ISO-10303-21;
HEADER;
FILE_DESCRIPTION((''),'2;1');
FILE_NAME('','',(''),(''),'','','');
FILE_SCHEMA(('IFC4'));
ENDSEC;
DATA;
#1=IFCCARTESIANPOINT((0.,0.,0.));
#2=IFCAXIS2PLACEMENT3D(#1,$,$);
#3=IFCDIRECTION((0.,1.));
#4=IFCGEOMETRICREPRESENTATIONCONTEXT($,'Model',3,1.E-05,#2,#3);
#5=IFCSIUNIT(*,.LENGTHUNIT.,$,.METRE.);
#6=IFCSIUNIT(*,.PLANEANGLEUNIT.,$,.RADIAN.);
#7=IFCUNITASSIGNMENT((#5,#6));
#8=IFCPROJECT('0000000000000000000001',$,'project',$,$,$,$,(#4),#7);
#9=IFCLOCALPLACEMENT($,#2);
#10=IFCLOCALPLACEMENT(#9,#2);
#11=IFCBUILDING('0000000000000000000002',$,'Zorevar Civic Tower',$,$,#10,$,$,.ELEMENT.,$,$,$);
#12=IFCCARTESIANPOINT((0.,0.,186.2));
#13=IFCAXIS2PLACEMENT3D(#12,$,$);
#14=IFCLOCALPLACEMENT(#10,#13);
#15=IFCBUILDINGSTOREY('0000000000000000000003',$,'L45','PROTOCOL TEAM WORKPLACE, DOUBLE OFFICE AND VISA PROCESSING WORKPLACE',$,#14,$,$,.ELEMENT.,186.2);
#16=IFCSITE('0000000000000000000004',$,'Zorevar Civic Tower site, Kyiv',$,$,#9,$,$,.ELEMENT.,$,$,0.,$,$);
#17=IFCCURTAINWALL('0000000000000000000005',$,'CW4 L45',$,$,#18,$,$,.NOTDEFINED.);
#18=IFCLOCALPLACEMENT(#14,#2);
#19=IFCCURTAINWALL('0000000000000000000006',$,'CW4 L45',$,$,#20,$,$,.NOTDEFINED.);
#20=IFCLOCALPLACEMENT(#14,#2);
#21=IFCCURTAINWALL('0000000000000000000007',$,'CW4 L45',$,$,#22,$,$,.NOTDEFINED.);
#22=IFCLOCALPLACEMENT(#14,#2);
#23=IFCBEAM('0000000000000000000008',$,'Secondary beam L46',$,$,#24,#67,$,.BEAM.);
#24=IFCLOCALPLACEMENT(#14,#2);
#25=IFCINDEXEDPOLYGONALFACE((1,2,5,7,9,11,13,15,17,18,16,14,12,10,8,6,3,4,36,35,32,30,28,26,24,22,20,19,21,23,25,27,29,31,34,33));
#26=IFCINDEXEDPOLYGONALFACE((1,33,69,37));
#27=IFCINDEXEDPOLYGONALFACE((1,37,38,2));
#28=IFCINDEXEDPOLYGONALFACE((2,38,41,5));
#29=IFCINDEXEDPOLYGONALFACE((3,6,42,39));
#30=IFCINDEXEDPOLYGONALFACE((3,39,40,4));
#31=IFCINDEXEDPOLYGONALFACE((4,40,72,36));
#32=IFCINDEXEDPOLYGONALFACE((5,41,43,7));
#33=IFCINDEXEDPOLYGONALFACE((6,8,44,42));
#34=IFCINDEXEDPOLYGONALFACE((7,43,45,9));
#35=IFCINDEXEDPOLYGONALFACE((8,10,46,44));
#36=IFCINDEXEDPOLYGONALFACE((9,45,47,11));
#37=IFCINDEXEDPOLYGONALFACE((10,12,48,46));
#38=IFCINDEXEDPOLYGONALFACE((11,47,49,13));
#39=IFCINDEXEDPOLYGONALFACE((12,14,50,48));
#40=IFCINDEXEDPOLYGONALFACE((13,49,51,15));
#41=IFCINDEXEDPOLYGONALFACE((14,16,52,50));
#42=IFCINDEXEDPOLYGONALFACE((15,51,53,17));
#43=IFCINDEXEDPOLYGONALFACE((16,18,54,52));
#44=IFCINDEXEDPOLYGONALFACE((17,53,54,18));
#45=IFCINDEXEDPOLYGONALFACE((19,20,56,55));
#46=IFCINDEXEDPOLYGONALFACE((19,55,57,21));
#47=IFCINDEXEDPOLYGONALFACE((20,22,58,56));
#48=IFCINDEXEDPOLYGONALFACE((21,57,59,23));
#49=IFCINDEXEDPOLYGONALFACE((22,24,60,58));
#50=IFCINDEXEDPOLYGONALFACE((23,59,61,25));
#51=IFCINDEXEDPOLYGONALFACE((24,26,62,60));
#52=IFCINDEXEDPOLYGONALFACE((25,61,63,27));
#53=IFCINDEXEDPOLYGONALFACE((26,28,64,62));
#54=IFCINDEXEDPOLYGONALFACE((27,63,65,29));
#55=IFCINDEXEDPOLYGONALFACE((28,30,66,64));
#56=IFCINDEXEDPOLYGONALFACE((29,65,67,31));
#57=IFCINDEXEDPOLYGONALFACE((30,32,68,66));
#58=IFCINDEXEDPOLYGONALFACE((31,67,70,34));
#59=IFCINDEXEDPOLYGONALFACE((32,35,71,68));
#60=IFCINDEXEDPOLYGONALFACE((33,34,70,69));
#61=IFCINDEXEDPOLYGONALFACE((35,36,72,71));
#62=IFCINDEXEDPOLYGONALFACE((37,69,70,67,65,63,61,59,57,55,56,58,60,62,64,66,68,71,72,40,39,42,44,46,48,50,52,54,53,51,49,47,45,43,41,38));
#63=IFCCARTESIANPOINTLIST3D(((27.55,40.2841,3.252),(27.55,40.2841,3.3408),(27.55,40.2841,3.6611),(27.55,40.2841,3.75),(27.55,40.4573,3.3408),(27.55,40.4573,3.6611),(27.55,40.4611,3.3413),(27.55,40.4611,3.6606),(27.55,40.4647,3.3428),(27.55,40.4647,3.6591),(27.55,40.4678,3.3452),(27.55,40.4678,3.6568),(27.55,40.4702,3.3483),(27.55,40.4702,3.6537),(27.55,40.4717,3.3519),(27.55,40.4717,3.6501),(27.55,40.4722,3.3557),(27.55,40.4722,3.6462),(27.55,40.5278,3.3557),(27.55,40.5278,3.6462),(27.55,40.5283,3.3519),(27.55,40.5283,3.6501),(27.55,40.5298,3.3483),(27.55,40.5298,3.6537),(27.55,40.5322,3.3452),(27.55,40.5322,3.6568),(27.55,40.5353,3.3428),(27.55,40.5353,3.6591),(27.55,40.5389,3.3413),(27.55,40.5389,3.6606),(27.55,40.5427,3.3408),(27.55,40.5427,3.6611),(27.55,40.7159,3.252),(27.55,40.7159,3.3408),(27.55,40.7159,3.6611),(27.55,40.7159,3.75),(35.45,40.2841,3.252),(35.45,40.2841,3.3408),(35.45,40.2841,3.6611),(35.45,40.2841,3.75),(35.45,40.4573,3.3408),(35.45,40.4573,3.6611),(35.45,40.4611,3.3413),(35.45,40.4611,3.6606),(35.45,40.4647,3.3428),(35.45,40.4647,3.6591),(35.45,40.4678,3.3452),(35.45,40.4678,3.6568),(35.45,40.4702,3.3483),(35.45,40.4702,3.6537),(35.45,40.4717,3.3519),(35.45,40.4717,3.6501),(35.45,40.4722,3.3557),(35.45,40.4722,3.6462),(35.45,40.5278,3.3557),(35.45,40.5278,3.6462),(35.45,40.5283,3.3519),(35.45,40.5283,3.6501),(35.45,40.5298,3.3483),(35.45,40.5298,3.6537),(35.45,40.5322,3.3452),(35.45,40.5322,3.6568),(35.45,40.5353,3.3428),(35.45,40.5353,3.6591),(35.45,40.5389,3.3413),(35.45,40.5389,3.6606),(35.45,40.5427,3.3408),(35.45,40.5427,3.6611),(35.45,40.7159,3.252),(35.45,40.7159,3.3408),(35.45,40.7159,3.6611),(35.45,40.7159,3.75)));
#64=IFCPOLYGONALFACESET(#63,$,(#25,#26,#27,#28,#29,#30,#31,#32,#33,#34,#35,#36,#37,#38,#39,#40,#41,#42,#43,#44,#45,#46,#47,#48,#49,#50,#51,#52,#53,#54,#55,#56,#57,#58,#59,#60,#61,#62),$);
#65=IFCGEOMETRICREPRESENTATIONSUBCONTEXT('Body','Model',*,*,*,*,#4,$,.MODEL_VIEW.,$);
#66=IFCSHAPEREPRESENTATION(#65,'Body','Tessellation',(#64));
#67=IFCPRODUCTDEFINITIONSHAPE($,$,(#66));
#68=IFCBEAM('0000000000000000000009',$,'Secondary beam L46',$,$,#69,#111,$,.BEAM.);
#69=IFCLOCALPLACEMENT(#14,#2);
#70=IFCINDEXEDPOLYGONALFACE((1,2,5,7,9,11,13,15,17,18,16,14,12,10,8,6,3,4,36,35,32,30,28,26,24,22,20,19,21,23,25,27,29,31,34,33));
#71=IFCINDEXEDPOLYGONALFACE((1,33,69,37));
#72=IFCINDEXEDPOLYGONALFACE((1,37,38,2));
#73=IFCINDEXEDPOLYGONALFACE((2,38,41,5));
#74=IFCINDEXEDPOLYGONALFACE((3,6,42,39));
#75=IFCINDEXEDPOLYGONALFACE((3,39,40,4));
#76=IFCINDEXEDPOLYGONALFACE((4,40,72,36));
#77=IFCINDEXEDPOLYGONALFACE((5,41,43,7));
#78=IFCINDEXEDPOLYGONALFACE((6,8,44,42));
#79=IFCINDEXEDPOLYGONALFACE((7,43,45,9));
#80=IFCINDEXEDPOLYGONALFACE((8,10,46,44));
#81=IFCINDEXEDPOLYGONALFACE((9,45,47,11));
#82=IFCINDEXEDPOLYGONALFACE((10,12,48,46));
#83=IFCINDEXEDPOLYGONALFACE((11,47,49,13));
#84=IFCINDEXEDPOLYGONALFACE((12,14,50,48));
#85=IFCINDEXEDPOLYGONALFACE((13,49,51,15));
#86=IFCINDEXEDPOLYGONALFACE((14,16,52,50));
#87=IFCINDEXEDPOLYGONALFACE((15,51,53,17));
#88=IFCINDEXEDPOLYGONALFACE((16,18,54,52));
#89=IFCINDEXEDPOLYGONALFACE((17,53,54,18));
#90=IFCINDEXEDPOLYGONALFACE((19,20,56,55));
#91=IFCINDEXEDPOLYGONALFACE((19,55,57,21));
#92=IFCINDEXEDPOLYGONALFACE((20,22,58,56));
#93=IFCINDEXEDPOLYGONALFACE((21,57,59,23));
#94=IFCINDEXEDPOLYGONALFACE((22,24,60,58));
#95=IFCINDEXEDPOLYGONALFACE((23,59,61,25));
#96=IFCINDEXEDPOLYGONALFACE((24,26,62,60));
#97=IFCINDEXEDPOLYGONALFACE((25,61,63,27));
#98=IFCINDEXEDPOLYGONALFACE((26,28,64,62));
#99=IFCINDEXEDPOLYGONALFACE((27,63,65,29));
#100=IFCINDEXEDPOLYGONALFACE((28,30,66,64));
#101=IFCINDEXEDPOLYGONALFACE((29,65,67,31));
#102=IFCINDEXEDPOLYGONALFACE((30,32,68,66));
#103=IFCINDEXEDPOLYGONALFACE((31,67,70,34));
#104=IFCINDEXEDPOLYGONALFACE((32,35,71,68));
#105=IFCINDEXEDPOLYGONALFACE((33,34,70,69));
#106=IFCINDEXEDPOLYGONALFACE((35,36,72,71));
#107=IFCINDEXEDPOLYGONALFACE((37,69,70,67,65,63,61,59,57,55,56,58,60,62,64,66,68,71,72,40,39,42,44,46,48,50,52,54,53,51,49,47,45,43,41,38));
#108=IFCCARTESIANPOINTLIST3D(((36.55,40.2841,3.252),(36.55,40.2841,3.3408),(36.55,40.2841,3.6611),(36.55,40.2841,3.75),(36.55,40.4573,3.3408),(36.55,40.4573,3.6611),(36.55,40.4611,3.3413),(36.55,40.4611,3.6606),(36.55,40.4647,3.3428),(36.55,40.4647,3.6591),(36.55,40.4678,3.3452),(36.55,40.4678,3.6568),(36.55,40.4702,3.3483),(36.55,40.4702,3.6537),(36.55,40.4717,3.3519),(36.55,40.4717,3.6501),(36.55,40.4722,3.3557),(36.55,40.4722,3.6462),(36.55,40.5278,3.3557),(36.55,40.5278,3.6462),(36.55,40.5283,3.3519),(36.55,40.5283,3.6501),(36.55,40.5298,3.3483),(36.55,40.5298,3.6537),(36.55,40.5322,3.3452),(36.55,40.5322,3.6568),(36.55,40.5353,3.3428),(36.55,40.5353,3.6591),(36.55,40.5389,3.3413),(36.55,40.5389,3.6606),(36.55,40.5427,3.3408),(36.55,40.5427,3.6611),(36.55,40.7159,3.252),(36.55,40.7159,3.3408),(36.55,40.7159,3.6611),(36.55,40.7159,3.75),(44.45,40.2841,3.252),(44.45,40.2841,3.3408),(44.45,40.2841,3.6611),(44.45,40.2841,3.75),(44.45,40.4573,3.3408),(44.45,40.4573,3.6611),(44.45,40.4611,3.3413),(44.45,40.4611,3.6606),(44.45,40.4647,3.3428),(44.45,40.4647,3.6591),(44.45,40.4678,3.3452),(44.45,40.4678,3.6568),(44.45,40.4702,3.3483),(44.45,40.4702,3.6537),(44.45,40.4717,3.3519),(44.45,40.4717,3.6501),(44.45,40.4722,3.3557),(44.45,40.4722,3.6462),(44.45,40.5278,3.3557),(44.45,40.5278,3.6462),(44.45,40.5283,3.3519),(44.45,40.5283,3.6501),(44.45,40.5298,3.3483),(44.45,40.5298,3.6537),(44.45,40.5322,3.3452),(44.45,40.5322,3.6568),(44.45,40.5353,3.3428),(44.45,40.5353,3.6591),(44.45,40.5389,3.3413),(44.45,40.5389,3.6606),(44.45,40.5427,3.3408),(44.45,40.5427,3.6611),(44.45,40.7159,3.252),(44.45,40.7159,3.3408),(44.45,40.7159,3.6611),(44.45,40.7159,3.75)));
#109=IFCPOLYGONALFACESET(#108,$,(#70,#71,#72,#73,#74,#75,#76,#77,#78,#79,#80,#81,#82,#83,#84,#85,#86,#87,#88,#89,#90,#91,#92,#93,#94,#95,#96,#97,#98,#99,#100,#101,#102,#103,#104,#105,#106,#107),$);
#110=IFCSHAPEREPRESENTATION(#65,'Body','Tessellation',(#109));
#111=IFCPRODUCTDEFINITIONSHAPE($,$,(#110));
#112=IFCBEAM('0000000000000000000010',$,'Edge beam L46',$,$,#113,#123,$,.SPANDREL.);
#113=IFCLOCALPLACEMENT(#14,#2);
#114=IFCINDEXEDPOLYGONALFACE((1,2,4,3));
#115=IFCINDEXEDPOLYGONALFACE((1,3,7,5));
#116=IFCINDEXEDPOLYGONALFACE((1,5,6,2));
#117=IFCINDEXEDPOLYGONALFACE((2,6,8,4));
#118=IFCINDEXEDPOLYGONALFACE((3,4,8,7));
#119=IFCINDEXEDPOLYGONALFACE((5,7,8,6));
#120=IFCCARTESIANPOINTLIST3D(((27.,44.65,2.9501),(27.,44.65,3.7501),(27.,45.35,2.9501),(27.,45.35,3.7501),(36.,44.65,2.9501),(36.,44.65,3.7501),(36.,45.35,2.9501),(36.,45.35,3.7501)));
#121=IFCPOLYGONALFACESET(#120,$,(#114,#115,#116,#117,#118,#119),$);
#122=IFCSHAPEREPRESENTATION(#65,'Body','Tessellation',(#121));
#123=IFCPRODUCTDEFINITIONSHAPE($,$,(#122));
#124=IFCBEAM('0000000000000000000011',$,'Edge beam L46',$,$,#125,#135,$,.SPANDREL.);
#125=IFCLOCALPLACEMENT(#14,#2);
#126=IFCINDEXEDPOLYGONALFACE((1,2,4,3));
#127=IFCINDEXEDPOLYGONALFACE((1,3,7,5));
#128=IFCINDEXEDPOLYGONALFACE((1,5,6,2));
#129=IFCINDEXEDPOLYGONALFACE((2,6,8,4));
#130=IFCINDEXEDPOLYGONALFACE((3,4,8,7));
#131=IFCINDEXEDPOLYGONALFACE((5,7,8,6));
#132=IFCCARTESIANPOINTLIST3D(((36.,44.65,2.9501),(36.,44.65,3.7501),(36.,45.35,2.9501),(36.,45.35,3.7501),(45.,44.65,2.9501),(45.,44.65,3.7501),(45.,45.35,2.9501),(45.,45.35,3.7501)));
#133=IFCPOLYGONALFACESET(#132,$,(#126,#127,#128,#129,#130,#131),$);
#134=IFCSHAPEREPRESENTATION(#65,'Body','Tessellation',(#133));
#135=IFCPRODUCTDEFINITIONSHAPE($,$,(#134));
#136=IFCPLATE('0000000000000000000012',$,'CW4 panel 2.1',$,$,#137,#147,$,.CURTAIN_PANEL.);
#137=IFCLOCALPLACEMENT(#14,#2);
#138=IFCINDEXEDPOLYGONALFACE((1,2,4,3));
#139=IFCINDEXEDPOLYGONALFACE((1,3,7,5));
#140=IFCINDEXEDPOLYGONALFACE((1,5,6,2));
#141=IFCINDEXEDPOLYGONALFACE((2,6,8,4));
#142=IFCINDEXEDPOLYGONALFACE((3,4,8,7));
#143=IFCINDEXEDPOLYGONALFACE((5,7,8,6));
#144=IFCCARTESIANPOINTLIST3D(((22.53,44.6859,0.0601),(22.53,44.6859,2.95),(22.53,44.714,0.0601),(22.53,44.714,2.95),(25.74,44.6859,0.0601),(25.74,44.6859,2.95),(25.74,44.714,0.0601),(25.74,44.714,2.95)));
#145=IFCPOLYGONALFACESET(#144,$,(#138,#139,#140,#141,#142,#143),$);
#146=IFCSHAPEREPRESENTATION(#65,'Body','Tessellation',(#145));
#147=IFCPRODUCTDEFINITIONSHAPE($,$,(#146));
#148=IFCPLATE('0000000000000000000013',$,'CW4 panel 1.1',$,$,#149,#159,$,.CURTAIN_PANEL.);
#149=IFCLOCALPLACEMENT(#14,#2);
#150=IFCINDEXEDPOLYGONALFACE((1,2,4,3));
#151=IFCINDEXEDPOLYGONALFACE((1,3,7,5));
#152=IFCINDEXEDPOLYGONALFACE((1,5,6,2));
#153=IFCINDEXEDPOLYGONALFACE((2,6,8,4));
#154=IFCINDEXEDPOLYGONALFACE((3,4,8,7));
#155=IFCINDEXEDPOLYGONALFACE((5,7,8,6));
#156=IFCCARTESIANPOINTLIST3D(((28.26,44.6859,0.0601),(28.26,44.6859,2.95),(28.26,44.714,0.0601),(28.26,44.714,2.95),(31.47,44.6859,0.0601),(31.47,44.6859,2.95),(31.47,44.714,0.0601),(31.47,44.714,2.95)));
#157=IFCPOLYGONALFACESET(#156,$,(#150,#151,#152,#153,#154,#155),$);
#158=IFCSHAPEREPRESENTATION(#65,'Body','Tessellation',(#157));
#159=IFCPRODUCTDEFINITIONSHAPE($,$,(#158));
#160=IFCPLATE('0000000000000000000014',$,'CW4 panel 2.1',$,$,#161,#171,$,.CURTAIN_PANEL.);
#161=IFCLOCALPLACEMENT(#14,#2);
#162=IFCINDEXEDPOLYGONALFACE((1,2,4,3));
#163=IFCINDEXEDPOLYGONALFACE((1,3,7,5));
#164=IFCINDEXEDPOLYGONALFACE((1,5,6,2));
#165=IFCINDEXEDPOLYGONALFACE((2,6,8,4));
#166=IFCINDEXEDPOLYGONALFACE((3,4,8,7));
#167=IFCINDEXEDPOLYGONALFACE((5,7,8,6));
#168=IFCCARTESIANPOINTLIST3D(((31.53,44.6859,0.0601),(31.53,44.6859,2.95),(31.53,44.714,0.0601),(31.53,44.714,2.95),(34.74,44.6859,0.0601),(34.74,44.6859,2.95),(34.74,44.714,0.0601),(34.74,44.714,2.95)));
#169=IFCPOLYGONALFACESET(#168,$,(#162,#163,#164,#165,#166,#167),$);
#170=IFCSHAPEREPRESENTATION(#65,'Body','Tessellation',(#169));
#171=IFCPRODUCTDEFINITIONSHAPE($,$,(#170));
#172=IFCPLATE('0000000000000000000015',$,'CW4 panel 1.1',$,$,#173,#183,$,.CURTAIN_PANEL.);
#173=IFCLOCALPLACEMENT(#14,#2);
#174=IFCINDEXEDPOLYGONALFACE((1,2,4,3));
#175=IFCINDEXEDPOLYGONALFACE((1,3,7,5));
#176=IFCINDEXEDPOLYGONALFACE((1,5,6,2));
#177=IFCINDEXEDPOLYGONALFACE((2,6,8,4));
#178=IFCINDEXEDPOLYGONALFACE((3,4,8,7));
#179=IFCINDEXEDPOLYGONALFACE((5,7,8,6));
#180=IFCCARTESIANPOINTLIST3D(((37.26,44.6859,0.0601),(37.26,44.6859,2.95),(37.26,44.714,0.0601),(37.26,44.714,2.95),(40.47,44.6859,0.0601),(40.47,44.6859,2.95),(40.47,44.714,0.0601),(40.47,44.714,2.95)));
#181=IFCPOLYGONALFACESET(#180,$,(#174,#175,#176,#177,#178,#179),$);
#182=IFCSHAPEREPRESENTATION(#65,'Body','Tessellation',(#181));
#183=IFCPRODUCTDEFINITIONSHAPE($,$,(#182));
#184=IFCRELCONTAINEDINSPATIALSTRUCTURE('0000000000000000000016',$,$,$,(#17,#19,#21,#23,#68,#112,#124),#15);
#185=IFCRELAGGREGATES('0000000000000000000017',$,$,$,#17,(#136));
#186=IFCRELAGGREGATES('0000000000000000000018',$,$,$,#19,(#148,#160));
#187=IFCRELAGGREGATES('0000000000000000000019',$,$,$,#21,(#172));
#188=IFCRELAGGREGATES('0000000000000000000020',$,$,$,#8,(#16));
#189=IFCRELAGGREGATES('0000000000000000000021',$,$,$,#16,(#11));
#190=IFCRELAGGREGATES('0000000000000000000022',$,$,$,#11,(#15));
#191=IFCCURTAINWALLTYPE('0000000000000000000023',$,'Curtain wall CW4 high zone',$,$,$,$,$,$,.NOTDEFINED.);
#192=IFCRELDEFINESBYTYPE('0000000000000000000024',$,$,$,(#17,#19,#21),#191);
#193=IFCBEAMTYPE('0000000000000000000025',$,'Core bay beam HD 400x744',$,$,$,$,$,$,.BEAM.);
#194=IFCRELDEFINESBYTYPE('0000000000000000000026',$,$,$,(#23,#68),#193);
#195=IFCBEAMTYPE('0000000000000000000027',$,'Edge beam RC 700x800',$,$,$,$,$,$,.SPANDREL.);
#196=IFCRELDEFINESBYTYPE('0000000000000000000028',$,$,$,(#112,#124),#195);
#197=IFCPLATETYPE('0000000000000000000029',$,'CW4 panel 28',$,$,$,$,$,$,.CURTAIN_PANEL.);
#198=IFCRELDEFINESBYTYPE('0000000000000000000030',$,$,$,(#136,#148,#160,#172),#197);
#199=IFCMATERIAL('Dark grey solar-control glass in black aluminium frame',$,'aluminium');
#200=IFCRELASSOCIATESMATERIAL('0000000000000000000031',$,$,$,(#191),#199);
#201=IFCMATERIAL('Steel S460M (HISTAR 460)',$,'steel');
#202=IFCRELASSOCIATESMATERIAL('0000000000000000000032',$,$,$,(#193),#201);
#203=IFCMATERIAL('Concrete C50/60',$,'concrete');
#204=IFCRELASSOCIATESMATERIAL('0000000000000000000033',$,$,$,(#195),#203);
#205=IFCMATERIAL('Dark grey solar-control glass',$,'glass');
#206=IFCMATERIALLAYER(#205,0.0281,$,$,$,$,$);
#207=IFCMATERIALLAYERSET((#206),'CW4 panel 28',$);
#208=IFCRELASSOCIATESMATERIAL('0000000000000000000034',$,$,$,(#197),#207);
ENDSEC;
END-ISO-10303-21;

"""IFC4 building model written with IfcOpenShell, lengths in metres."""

from ifc_helpers import new_model, si_unit, direction, frame, origin, origin_2d, place, context, subcontext, project, spatial, rectangle, i_section, extrude, material, layer, layer_set, material_profile, profile_set, type_object, element, aggregate, save


model = new_model("IFC4")

# Units and contexts
model_context = context("Model", 3, precision=1e-05, world=origin(), true_north=direction((0.0, 1.0)))
body_context = subcontext(model_context, "Body", "Model", "MODEL_VIEW")
ifc_project = project(units=[si_unit("LENGTHUNIT", "METRE"), si_unit("PLANEANGLEUNIT", "RADIAN")], contexts=[model_context])

# Site, building, storey
site_placement = place(None, origin())
site = spatial("IfcSite", under=ifc_project, at=site_placement, Name="Zorevar Civic Tower site, Kyiv", CompositionType="ELEMENT", RefElevation=0.0)
building_placement = place(site_placement, origin())
building = spatial("IfcBuilding", under=site, at=building_placement, Name="Zorevar Civic Tower", CompositionType="ELEMENT")
storey_placement = place(building_placement, frame((0.0, 0.0, 186.2)))
storey = spatial("IfcBuildingStorey", under=building, at=storey_placement, Name="L45", Description="PROTOCOL TEAM WORKPLACE, DOUBLE OFFICE AND VISA PROCESSING WORKPLACE", CompositionType="ELEMENT", Elevation=186.2)

# Curtain walls
ifc_material_1 = material(Name="Dark grey solar-control glass in black aluminium frame", Category="aluminium")
curtain_wall_type = type_object("IfcCurtainWallType", Name="Curtain wall CW4 high zone", PredefinedType="NOTDEFINED", material=ifc_material_1)
curtain_wall_1_placement = place(storey_placement, origin())
curtain_wall_1 = element("IfcCurtainWall", 1, at=curtain_wall_1_placement, inside=storey, type_object=curtain_wall_type, Name="CW4 L45", PredefinedType="NOTDEFINED")
curtain_wall_2_placement = place(storey_placement, origin())
curtain_wall_2 = element("IfcCurtainWall", 2, at=curtain_wall_2_placement, inside=storey, type_object=curtain_wall_type, Name="CW4 L45", PredefinedType="NOTDEFINED")
curtain_wall_3_placement = place(storey_placement, origin())
curtain_wall_3 = element("IfcCurtainWall", 3, at=curtain_wall_3_placement, inside=storey, type_object=curtain_wall_type, Name="CW4 L45", PredefinedType="NOTDEFINED")

# Beams
ifc_material_2 = material(Name="Steel S460M (HISTAR 460)", Category="steel")
ifc_material_profile_1 = material_profile(ifc_material_2, i_section(OverallWidth=0.4319, OverallDepth=0.498, WebThickness=0.0557, FlangeThickness=0.0889, FilletRadius=0.0149, at=origin_2d()), Name="HD 400x744")
ifc_profile_set_1 = profile_set([ifc_material_profile_1], Name="Steel S460M (HISTAR 460)")
beam_type_1 = type_object("IfcBeamType", Name="Core bay beam HD 400x744", PredefinedType="BEAM", material=ifc_profile_set_1)
for number, where, z_axis, x_axis, name in (
    (4, (27.55, 40.5, 3.501), (1.0, 0.0, 0.0), (0.0, 1.0, 0.0), "Secondary beam L46"),
    (5, (36.55, 40.5, 3.501), (1.0, 0.0, 0.0), (0.0, 1.0, 0.0), "Secondary beam L46"),
):
    element("IfcBeam", number, at=place(storey_placement, frame(where, z_axis=z_axis, x_axis=x_axis)), inside=storey, type_object=beam_type_1, Name=name, PredefinedType="BEAM", context=body_context, shape_type="SweptSolid", body=[
        extrude(i_section(OverallWidth=0.4319, OverallDepth=0.498, WebThickness=0.0557, FlangeThickness=0.0889, FilletRadius=0.0149, at=origin_2d()), origin(), (0.0, 0.0, 1.0), 7.8999),
    ])
ifc_material_3 = material(Name="Concrete C50/60", Category="concrete")
ifc_material_profile_2 = material_profile(ifc_material_3, rectangle(XDim=0.7, YDim=0.8, at=origin_2d()), Name="RC 700x800")
ifc_profile_set_2 = profile_set([ifc_material_profile_2], Name="Concrete C50/60")
beam_type_2 = type_object("IfcBeamType", Name="Edge beam RC 700x800", PredefinedType="SPANDREL", material=ifc_profile_set_2)
for number, where, z_axis, x_axis, name in (
    (6, (27.0, 45.0, 3.3501), (1.0, 0.0, 0.0), (0.0, 1.0, 0.0), "Edge beam L46"),
    (7, (36.0, 45.0, 3.3501), (1.0, 0.0, 0.0), (0.0, 1.0, 0.0), "Edge beam L46"),
):
    element("IfcBeam", number, at=place(storey_placement, frame(where, z_axis=z_axis, x_axis=x_axis)), inside=storey, type_object=beam_type_2, Name=name, PredefinedType="SPANDREL", context=body_context, shape_type="SweptSolid", body=[
        extrude(rectangle(XDim=0.7, YDim=0.8, at=origin_2d()), origin(), (0.0, 0.0, 1.0), 9.0),
    ])

# Plates
ifc_material_4 = material(Name="Dark grey solar-control glass", Category="glass")
ifc_layer_1 = layer(ifc_material_4, 0.0281)
ifc_layer_set_1 = layer_set([ifc_layer_1], Name="CW4 panel 28")
plate_type = type_object("IfcPlateType", Name="CW4 panel 28", PredefinedType="CURTAIN_PANEL", material=ifc_layer_set_1)
plate_1_placement = place(storey_placement, frame((24.135, 44.7, 0.0601), z_axis=(0.0, 0.0, 1.0), x_axis=(1.0, 0.0, 0.0)))
plate_1 = element("IfcPlate", 8, at=plate_1_placement, type_object=plate_type, Name="CW4 panel 2.1", PredefinedType="CURTAIN_PANEL", context=body_context, shape_type="SweptSolid", body=[
    extrude(rectangle(XDim=3.21, YDim=0.0281, at=origin_2d()), origin(), (0.0, 0.0, 1.0), 2.8899),
])
aggregate(curtain_wall_1, [plate_1])
plate_2_placement = place(storey_placement, frame((29.865, 44.7, 0.0601), z_axis=(0.0, 0.0, 1.0), x_axis=(1.0, 0.0, 0.0)))
plate_2 = element("IfcPlate", 9, at=plate_2_placement, type_object=plate_type, Name="CW4 panel 1.1", PredefinedType="CURTAIN_PANEL", context=body_context, shape_type="SweptSolid", body=[
    extrude(rectangle(XDim=3.21, YDim=0.0281, at=origin_2d()), origin(), (0.0, 0.0, 1.0), 2.8899),
])
plate_3_placement = place(storey_placement, frame((33.135, 44.7, 0.0601), z_axis=(0.0, 0.0, 1.0), x_axis=(1.0, 0.0, 0.0)))
plate_3 = element("IfcPlate", 10, at=plate_3_placement, type_object=plate_type, Name="CW4 panel 2.1", PredefinedType="CURTAIN_PANEL", context=body_context, shape_type="SweptSolid", body=[
    extrude(rectangle(XDim=3.21, YDim=0.0281, at=origin_2d()), origin(), (0.0, 0.0, 1.0), 2.8899),
])
aggregate(curtain_wall_2, [plate_2, plate_3])
plate_4_placement = place(storey_placement, frame((38.865, 44.7, 0.0601), z_axis=(0.0, 0.0, 1.0), x_axis=(1.0, 0.0, 0.0)))
plate_4 = element("IfcPlate", 11, at=plate_4_placement, type_object=plate_type, Name="CW4 panel 1.1", PredefinedType="CURTAIN_PANEL", context=body_context, shape_type="SweptSolid", body=[
    extrude(rectangle(XDim=3.21, YDim=0.0281, at=origin_2d()), origin(), (0.0, 0.0, 1.0), 2.8899),
])
aggregate(curtain_wall_3, [plate_4])

save(model, "model.ifc")
